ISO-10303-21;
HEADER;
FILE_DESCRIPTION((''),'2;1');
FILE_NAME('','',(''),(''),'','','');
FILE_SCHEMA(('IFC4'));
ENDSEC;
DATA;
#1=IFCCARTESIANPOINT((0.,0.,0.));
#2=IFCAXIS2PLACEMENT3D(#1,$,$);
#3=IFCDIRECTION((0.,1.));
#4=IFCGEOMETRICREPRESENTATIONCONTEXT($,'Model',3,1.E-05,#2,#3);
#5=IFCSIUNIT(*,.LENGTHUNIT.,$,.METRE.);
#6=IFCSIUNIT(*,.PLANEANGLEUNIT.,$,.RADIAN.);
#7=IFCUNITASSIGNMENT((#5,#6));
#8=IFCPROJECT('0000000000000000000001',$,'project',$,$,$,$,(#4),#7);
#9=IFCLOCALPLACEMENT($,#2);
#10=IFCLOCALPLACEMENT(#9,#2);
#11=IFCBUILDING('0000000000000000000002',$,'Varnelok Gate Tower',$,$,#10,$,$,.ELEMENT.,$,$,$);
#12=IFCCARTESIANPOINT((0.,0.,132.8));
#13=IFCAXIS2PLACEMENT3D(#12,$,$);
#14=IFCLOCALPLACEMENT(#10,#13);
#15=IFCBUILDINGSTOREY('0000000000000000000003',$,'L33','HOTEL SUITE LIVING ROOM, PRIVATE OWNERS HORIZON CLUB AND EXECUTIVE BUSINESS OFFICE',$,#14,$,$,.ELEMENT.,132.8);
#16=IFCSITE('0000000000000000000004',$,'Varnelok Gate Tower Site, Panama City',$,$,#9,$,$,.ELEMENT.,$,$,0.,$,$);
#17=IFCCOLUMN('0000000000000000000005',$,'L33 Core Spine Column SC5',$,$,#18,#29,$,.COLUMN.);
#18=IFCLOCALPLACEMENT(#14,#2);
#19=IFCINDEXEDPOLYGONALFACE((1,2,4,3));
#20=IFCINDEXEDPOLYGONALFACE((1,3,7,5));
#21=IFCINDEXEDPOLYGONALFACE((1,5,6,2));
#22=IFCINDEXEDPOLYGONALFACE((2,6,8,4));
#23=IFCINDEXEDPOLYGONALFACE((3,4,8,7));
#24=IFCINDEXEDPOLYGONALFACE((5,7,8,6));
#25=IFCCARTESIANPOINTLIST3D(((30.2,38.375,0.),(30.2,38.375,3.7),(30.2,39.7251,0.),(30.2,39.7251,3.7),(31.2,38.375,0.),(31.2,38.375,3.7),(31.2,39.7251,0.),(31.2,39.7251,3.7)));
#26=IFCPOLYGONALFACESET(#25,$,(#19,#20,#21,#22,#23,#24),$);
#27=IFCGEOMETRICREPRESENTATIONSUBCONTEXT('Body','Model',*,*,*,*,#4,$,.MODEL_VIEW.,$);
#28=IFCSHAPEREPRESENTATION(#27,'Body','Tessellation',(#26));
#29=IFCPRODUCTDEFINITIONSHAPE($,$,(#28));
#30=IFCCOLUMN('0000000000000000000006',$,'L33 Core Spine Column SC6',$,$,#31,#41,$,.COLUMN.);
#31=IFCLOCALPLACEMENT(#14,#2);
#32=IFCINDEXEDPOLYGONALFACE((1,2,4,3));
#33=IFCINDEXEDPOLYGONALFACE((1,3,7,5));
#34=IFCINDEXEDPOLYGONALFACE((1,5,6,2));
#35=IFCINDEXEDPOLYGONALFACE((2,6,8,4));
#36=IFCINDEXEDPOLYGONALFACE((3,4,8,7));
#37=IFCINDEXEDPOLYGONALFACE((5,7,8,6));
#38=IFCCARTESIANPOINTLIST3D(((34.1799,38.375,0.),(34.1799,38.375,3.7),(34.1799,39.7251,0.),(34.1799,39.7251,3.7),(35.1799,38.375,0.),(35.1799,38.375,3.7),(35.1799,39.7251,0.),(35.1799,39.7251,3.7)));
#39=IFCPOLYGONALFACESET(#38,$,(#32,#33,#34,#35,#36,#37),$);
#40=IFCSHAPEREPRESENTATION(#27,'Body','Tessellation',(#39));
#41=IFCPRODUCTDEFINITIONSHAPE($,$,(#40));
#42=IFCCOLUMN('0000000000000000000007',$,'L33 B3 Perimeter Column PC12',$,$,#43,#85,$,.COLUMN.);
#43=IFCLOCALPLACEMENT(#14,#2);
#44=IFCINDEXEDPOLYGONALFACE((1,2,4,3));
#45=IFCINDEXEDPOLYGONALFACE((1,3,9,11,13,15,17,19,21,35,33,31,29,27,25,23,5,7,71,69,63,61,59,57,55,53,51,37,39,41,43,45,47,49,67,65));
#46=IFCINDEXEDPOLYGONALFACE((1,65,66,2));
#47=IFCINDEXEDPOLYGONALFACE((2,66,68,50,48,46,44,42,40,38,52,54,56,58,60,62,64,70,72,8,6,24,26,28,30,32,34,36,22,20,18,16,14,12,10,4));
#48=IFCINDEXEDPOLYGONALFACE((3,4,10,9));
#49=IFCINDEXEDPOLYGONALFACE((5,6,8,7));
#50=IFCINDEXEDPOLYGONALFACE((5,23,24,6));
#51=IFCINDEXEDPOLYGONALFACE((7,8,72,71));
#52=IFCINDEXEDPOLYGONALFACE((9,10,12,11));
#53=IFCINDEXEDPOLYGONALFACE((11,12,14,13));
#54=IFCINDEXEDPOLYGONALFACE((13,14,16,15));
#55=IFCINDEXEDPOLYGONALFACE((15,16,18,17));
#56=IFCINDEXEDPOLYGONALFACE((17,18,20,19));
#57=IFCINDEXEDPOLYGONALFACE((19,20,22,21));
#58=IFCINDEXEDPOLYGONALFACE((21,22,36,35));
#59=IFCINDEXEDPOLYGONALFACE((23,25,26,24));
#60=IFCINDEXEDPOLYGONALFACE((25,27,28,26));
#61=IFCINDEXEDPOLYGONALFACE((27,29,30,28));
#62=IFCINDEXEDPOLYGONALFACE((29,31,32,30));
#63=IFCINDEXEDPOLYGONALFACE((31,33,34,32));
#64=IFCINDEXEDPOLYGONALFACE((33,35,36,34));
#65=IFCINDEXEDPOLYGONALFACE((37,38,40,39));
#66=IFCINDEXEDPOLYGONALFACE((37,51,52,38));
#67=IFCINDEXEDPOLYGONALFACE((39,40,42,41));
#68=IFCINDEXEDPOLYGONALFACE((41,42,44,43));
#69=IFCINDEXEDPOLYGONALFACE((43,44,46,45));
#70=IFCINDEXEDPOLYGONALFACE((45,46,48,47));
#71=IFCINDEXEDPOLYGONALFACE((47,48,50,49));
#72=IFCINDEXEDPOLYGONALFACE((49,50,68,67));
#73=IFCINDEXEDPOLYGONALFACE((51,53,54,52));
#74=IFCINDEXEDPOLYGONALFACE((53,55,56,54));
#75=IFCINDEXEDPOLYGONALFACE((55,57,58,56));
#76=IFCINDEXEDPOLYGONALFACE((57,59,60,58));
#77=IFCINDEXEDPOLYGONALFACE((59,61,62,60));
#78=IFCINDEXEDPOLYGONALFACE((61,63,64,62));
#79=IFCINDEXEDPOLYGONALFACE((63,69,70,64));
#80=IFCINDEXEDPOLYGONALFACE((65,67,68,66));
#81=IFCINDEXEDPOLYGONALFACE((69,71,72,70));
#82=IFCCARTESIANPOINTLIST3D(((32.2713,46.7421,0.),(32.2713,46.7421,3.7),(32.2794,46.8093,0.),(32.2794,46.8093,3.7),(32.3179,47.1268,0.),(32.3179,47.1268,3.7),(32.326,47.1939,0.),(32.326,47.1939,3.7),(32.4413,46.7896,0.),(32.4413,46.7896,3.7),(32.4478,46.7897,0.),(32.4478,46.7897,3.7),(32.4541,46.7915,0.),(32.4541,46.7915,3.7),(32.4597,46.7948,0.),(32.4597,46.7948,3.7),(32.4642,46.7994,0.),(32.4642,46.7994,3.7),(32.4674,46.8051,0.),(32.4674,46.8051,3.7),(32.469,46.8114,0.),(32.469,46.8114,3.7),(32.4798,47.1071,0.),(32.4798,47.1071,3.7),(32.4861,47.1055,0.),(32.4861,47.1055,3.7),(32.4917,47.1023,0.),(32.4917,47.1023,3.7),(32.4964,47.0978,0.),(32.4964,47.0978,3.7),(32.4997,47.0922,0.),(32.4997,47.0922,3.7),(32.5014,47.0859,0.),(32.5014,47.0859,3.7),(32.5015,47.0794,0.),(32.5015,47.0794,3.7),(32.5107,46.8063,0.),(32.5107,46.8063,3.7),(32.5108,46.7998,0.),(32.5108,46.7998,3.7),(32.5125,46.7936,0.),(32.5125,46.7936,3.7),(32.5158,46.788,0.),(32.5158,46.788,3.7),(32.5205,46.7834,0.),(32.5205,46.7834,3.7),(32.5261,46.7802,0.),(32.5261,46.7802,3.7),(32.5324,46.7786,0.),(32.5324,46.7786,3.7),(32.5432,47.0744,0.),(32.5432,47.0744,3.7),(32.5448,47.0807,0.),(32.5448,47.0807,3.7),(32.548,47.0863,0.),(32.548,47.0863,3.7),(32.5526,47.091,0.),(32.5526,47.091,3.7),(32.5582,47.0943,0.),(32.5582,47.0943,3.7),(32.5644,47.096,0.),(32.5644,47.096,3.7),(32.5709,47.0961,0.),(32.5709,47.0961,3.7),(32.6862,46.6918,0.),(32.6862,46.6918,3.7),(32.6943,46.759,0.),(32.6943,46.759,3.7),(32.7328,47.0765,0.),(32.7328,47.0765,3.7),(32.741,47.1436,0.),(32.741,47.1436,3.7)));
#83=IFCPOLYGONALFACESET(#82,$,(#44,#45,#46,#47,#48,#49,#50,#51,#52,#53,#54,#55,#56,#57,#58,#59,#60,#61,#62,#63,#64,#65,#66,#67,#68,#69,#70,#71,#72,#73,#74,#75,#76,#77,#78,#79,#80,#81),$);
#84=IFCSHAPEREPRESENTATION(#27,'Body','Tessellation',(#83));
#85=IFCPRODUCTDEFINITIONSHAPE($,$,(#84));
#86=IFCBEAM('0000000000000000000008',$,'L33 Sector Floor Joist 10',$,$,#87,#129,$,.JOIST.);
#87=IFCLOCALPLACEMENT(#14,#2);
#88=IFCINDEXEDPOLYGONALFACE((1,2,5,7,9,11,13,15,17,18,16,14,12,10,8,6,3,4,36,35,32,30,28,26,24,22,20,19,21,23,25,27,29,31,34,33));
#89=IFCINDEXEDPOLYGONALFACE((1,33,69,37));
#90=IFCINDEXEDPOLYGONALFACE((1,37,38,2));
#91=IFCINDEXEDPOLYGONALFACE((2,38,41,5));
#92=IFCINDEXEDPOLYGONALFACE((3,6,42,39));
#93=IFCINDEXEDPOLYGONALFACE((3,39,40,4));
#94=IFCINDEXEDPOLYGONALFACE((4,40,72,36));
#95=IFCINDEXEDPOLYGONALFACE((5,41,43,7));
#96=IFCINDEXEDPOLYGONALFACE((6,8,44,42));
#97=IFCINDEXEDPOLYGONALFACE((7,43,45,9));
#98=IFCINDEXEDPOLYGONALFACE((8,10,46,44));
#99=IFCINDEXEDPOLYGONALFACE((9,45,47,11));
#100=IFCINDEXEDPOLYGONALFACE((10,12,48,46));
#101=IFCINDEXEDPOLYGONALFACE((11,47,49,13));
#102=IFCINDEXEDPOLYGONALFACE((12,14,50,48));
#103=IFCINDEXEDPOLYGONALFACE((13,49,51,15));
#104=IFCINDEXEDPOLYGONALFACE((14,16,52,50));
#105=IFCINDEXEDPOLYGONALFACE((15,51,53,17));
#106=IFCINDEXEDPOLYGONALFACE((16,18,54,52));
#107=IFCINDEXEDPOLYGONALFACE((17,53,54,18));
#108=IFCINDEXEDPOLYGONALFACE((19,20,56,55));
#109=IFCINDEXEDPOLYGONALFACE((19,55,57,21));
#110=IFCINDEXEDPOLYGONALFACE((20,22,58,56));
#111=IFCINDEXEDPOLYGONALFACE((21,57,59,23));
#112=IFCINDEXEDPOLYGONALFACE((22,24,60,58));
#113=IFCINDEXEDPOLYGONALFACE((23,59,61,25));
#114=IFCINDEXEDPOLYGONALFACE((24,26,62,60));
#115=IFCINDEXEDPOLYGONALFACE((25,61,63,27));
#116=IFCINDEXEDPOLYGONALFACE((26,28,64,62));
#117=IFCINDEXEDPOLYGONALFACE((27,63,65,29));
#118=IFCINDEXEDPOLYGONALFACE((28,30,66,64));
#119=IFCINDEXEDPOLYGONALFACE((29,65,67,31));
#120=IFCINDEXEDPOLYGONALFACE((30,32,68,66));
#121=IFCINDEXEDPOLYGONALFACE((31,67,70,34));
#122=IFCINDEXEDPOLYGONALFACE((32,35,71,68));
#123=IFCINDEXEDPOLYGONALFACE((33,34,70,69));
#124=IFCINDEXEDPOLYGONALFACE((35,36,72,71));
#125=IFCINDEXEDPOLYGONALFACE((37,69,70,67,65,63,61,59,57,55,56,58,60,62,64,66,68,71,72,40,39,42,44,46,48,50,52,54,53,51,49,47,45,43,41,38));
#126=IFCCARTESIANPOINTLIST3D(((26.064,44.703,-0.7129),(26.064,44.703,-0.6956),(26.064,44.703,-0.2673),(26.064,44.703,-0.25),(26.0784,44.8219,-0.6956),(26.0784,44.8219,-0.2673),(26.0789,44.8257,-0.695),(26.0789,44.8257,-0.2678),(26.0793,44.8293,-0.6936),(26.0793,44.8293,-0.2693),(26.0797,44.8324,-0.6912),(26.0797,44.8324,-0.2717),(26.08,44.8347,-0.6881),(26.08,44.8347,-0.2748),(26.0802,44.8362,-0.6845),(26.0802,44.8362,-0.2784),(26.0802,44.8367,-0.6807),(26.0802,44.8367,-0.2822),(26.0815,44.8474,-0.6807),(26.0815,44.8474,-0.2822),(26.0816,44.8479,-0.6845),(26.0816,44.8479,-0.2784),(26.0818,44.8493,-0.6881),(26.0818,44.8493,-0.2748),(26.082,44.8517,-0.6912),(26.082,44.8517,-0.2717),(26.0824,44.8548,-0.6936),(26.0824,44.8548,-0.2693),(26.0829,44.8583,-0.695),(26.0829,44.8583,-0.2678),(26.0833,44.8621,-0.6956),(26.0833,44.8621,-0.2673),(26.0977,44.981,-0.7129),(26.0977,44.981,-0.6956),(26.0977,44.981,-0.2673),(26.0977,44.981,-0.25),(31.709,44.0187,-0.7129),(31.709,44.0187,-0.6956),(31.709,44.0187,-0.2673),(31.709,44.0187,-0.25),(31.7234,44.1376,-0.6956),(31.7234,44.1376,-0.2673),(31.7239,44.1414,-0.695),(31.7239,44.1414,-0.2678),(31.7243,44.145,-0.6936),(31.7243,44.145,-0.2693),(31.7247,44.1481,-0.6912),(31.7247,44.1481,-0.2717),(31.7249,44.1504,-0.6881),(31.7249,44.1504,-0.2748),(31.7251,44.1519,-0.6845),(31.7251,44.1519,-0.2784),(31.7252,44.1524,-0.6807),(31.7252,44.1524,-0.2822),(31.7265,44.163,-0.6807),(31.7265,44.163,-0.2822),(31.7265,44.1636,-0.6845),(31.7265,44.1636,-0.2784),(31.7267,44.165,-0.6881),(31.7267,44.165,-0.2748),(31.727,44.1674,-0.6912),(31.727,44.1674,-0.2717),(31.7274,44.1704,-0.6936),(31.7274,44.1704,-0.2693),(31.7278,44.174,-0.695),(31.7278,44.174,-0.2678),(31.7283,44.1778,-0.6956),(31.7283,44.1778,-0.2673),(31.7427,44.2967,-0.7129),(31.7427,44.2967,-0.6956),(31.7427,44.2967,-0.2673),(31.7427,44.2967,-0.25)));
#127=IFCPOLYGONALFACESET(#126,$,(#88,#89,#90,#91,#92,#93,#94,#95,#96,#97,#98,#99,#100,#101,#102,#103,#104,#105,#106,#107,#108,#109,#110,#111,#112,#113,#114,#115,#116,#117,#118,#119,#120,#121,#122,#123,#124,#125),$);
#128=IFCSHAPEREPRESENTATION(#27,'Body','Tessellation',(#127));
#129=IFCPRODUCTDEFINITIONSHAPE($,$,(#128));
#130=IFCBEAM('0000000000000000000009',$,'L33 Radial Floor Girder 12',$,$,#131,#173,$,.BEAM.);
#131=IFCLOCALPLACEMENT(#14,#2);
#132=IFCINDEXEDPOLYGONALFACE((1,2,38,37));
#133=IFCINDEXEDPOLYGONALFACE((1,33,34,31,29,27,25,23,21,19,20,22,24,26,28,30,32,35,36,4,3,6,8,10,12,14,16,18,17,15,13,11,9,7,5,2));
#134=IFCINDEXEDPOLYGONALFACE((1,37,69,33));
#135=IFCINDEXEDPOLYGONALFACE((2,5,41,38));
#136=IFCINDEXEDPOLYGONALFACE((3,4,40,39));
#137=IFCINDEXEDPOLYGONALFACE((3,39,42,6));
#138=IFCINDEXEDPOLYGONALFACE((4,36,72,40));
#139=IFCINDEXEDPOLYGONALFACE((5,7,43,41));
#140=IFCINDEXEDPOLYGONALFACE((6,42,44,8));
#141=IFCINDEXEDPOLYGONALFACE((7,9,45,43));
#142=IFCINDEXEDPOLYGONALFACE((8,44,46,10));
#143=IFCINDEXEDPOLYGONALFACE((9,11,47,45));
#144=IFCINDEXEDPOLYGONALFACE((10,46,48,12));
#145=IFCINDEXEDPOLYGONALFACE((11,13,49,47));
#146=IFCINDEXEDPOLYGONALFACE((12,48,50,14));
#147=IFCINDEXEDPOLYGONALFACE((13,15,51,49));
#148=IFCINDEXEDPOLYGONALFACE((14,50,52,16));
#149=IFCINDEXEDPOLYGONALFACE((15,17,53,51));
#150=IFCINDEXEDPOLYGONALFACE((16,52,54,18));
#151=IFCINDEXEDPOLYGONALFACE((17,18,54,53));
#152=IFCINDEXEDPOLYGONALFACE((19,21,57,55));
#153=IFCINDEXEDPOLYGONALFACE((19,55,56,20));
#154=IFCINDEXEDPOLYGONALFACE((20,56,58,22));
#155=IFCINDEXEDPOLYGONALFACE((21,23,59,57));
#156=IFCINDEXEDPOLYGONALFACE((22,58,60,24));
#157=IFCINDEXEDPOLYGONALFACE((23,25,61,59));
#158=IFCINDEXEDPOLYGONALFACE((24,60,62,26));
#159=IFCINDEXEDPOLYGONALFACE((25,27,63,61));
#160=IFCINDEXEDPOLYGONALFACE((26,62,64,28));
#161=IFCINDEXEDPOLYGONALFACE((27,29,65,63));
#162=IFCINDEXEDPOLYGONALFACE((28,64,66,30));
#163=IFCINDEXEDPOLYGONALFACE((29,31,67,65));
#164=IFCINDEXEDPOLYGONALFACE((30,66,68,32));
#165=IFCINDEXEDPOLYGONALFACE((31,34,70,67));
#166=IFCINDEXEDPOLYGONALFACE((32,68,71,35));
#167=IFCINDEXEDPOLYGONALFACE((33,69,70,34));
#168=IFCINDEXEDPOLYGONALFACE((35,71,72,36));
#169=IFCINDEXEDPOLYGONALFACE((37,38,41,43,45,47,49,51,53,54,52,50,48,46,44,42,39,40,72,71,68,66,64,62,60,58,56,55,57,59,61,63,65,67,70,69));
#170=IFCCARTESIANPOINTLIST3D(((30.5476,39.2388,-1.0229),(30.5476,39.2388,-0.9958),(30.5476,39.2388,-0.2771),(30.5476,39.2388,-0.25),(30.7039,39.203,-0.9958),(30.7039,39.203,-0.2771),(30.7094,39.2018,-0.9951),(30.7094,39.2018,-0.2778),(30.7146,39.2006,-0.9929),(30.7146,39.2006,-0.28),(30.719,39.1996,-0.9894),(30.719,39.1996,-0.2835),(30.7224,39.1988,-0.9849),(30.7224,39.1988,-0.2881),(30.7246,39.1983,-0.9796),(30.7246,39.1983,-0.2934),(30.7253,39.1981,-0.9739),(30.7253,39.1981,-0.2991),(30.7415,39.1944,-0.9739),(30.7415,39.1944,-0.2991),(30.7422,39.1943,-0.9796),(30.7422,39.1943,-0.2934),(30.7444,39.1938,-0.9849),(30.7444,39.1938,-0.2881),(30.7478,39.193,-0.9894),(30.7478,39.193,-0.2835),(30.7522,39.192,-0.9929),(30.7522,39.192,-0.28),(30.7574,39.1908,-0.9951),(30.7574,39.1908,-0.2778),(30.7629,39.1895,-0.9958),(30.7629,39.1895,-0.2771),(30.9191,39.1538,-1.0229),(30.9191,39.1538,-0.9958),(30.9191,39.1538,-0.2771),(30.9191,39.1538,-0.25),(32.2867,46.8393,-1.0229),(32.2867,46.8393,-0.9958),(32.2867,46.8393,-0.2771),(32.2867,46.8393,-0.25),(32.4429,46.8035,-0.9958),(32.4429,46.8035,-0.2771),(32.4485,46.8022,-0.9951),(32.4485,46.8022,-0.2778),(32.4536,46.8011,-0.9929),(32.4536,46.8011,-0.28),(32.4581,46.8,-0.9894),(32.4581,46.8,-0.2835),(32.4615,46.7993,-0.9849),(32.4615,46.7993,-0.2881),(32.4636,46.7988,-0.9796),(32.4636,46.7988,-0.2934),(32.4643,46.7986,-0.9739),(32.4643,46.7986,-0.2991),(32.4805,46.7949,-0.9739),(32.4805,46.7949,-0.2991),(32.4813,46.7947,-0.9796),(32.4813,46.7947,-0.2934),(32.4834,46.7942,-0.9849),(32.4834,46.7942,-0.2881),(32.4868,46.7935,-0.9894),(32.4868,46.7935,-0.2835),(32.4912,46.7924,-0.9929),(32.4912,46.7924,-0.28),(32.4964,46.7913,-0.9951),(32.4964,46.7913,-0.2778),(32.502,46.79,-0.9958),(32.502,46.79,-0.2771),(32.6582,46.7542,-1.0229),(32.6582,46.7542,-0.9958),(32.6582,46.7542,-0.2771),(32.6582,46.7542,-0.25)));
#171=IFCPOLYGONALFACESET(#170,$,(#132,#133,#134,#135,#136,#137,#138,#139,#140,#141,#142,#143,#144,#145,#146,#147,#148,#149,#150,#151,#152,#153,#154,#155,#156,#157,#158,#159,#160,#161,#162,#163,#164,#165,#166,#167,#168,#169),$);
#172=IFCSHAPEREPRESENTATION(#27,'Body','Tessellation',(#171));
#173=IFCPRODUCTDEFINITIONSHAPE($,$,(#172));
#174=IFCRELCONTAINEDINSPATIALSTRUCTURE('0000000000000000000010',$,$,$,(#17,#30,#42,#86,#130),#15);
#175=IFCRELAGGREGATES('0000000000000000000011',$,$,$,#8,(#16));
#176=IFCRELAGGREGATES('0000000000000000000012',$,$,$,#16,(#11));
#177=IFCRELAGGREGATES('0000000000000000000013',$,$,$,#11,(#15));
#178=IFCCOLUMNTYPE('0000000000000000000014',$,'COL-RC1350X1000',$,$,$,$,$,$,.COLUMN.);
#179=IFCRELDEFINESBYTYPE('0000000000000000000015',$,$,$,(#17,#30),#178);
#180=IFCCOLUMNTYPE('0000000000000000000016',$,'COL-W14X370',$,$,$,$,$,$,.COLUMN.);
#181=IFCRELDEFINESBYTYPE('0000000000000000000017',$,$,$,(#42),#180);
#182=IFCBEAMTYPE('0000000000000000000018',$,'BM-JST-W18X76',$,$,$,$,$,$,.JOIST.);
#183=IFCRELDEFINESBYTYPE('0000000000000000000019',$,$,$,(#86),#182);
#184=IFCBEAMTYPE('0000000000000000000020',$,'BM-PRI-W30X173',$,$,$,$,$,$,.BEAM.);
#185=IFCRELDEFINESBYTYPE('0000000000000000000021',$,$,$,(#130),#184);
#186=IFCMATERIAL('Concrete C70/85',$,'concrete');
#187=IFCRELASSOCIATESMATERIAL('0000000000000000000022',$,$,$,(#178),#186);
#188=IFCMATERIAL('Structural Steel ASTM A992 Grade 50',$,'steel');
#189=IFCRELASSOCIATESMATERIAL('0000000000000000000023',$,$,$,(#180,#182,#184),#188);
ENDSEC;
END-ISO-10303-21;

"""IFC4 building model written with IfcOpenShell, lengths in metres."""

from ifc_helpers import new_model, si_unit, direction, frame, origin, origin_2d, place, context, subcontext, project, spatial, rectangle, i_section, extrude, material, material_profile, profile_set, type_object, element, save


model = new_model("IFC4")

# Units and contexts
model_context = context("Model", 3, precision=1e-05, world=origin(), true_north=direction((0.0, 1.0)))
body_context = subcontext(model_context, "Body", "Model", "MODEL_VIEW")
ifc_project = project(units=[si_unit("LENGTHUNIT", "METRE"), si_unit("PLANEANGLEUNIT", "RADIAN")], contexts=[model_context])

# Site, building, storey
site_placement = place(None, origin())
site = spatial("IfcSite", under=ifc_project, at=site_placement, Name="Varnelok Gate Tower Site, Panama City", CompositionType="ELEMENT", RefElevation=0.0)
building_placement = place(site_placement, origin())
building = spatial("IfcBuilding", under=site, at=building_placement, Name="Varnelok Gate Tower", CompositionType="ELEMENT")
storey_placement = place(building_placement, frame((0.0, 0.0, 132.8)))
storey = spatial("IfcBuildingStorey", under=building, at=storey_placement, Name="L33", Description="HOTEL SUITE LIVING ROOM, PRIVATE OWNERS HORIZON CLUB AND EXECUTIVE BUSINESS OFFICE", CompositionType="ELEMENT", Elevation=132.8)

# Columns
ifc_material_1 = material(Name="Concrete C70/85", Category="concrete")
ifc_material_profile_1 = material_profile(ifc_material_1, rectangle(XDim=1.0, YDim=1.3501, at=origin_2d()), Name="RC1350X1000")
ifc_profile_set_1 = profile_set([ifc_material_profile_1], Name="Concrete C70/85")
column_type_1 = type_object("IfcColumnType", Name="COL-RC1350X1000", PredefinedType="COLUMN", material=ifc_profile_set_1)
for number, where, z_axis, x_axis, name in (
    (1, (30.7, 39.05, 0.0), (0.0, 0.0, 1.0), (1.0, 0.0, 0.0), "L33 Core Spine Column SC5"),
    (2, (34.6799, 39.05, 0.0), (0.0, 0.0, 1.0), (1.0, 0.0, 0.0), "L33 Core Spine Column SC6"),
):
    element("IfcColumn", number, at=place(storey_placement, frame(where, z_axis=z_axis, x_axis=x_axis)), inside=storey, type_object=column_type_1, Name=name, PredefinedType="COLUMN", context=body_context, shape_type="SweptSolid", body=[
        extrude(rectangle(XDim=1.0, YDim=1.3501, at=origin_2d()), origin(), (0.0, 0.0, 1.0), 3.7),
    ])
ifc_material_2 = material(Name="Structural Steel ASTM A992 Grade 50", Category="steel")
ifc_material_profile_2 = material_profile(ifc_material_2, i_section(OverallWidth=0.418, OverallDepth=0.4551, WebThickness=0.042, FlangeThickness=0.0676, FilletRadius=0.0249, at=origin_2d()), Name="W14X370")
ifc_profile_set_2 = profile_set([ifc_material_profile_2], Name="Structural Steel ASTM A992 Grade 50")
column_type_2 = type_object("IfcColumnType", Name="COL-W14X370", PredefinedType="COLUMN", material=ifc_profile_set_2)
column_placement = place(storey_placement, frame((32.5061, 46.9429, 0.0), z_axis=(0.0, 0.0, 1.0), x_axis=(0.992732, -0.120345, 0.0)))
element("IfcColumn", 3, at=column_placement, inside=storey, type_object=column_type_2, Name="L33 B3 Perimeter Column PC12", PredefinedType="COLUMN", context=body_context, shape_type="SweptSolid", body=[
    extrude(i_section(OverallWidth=0.418, OverallDepth=0.4551, WebThickness=0.042, FlangeThickness=0.0676, FilletRadius=0.0249, at=origin_2d()), origin(), (0.0, 0.0, 1.0), 3.7),
])

# Beams
ifc_material_profile_3 = material_profile(ifc_material_2, i_section(OverallWidth=0.28, OverallDepth=0.4629, WebThickness=0.0107, FlangeThickness=0.0173, FilletRadius=0.0149, at=origin_2d()), Name="W18X76")
ifc_profile_set_3 = profile_set([ifc_material_profile_3], Name="Structural Steel ASTM A992 Grade 50")
beam_type_1 = type_object("IfcBeamType", Name="BM-JST-W18X76", PredefinedType="JOIST", material=ifc_profile_set_3)
beam_1_placement = place(storey_placement, frame((31.7258, 44.1577, -0.4814), z_axis=(-0.992732, 0.120345, 0.0), x_axis=(-0.120345, -0.992732, 0.0)))
element("IfcBeam", 4, at=beam_1_placement, inside=storey, type_object=beam_type_1, Name="L33 Sector Floor Joist 10", PredefinedType="JOIST", context=body_context, shape_type="SweptSolid", body=[
    extrude(i_section(OverallWidth=0.28, OverallDepth=0.4629, WebThickness=0.0107, FlangeThickness=0.0173, FilletRadius=0.0149, at=origin_2d()), origin(), (0.0, 0.0, 1.0), 5.6863),
])
ifc_material_profile_4 = material_profile(ifc_material_2, i_section(OverallWidth=0.3811, OverallDepth=0.7729, WebThickness=0.0166, FlangeThickness=0.0271, FilletRadius=0.022, at=origin_2d()), Name="W30X173")
ifc_profile_set_4 = profile_set([ifc_material_profile_4], Name="Structural Steel ASTM A992 Grade 50")
beam_type_2 = type_object("IfcBeamType", Name="BM-PRI-W30X173", PredefinedType="BEAM", material=ifc_profile_set_4)
beam_2_placement = place(storey_placement, frame((30.7334, 39.1963, -0.6365), z_axis=(0.223043, 0.974809, 0.0), x_axis=(-0.974809, 0.223043, 0.0)))
element("IfcBeam", 5, at=beam_2_placement, inside=storey, type_object=beam_type_2, Name="L33 Radial Floor Girder 12", PredefinedType="BEAM", context=body_context, shape_type="SweptSolid", body=[
    extrude(i_section(OverallWidth=0.3811, OverallDepth=0.7729, WebThickness=0.0166, FlangeThickness=0.0271, FilletRadius=0.022, at=origin_2d()), origin(), (0.0, 0.0, 1.0), 7.7969),
])

save(model, "model.ifc")
